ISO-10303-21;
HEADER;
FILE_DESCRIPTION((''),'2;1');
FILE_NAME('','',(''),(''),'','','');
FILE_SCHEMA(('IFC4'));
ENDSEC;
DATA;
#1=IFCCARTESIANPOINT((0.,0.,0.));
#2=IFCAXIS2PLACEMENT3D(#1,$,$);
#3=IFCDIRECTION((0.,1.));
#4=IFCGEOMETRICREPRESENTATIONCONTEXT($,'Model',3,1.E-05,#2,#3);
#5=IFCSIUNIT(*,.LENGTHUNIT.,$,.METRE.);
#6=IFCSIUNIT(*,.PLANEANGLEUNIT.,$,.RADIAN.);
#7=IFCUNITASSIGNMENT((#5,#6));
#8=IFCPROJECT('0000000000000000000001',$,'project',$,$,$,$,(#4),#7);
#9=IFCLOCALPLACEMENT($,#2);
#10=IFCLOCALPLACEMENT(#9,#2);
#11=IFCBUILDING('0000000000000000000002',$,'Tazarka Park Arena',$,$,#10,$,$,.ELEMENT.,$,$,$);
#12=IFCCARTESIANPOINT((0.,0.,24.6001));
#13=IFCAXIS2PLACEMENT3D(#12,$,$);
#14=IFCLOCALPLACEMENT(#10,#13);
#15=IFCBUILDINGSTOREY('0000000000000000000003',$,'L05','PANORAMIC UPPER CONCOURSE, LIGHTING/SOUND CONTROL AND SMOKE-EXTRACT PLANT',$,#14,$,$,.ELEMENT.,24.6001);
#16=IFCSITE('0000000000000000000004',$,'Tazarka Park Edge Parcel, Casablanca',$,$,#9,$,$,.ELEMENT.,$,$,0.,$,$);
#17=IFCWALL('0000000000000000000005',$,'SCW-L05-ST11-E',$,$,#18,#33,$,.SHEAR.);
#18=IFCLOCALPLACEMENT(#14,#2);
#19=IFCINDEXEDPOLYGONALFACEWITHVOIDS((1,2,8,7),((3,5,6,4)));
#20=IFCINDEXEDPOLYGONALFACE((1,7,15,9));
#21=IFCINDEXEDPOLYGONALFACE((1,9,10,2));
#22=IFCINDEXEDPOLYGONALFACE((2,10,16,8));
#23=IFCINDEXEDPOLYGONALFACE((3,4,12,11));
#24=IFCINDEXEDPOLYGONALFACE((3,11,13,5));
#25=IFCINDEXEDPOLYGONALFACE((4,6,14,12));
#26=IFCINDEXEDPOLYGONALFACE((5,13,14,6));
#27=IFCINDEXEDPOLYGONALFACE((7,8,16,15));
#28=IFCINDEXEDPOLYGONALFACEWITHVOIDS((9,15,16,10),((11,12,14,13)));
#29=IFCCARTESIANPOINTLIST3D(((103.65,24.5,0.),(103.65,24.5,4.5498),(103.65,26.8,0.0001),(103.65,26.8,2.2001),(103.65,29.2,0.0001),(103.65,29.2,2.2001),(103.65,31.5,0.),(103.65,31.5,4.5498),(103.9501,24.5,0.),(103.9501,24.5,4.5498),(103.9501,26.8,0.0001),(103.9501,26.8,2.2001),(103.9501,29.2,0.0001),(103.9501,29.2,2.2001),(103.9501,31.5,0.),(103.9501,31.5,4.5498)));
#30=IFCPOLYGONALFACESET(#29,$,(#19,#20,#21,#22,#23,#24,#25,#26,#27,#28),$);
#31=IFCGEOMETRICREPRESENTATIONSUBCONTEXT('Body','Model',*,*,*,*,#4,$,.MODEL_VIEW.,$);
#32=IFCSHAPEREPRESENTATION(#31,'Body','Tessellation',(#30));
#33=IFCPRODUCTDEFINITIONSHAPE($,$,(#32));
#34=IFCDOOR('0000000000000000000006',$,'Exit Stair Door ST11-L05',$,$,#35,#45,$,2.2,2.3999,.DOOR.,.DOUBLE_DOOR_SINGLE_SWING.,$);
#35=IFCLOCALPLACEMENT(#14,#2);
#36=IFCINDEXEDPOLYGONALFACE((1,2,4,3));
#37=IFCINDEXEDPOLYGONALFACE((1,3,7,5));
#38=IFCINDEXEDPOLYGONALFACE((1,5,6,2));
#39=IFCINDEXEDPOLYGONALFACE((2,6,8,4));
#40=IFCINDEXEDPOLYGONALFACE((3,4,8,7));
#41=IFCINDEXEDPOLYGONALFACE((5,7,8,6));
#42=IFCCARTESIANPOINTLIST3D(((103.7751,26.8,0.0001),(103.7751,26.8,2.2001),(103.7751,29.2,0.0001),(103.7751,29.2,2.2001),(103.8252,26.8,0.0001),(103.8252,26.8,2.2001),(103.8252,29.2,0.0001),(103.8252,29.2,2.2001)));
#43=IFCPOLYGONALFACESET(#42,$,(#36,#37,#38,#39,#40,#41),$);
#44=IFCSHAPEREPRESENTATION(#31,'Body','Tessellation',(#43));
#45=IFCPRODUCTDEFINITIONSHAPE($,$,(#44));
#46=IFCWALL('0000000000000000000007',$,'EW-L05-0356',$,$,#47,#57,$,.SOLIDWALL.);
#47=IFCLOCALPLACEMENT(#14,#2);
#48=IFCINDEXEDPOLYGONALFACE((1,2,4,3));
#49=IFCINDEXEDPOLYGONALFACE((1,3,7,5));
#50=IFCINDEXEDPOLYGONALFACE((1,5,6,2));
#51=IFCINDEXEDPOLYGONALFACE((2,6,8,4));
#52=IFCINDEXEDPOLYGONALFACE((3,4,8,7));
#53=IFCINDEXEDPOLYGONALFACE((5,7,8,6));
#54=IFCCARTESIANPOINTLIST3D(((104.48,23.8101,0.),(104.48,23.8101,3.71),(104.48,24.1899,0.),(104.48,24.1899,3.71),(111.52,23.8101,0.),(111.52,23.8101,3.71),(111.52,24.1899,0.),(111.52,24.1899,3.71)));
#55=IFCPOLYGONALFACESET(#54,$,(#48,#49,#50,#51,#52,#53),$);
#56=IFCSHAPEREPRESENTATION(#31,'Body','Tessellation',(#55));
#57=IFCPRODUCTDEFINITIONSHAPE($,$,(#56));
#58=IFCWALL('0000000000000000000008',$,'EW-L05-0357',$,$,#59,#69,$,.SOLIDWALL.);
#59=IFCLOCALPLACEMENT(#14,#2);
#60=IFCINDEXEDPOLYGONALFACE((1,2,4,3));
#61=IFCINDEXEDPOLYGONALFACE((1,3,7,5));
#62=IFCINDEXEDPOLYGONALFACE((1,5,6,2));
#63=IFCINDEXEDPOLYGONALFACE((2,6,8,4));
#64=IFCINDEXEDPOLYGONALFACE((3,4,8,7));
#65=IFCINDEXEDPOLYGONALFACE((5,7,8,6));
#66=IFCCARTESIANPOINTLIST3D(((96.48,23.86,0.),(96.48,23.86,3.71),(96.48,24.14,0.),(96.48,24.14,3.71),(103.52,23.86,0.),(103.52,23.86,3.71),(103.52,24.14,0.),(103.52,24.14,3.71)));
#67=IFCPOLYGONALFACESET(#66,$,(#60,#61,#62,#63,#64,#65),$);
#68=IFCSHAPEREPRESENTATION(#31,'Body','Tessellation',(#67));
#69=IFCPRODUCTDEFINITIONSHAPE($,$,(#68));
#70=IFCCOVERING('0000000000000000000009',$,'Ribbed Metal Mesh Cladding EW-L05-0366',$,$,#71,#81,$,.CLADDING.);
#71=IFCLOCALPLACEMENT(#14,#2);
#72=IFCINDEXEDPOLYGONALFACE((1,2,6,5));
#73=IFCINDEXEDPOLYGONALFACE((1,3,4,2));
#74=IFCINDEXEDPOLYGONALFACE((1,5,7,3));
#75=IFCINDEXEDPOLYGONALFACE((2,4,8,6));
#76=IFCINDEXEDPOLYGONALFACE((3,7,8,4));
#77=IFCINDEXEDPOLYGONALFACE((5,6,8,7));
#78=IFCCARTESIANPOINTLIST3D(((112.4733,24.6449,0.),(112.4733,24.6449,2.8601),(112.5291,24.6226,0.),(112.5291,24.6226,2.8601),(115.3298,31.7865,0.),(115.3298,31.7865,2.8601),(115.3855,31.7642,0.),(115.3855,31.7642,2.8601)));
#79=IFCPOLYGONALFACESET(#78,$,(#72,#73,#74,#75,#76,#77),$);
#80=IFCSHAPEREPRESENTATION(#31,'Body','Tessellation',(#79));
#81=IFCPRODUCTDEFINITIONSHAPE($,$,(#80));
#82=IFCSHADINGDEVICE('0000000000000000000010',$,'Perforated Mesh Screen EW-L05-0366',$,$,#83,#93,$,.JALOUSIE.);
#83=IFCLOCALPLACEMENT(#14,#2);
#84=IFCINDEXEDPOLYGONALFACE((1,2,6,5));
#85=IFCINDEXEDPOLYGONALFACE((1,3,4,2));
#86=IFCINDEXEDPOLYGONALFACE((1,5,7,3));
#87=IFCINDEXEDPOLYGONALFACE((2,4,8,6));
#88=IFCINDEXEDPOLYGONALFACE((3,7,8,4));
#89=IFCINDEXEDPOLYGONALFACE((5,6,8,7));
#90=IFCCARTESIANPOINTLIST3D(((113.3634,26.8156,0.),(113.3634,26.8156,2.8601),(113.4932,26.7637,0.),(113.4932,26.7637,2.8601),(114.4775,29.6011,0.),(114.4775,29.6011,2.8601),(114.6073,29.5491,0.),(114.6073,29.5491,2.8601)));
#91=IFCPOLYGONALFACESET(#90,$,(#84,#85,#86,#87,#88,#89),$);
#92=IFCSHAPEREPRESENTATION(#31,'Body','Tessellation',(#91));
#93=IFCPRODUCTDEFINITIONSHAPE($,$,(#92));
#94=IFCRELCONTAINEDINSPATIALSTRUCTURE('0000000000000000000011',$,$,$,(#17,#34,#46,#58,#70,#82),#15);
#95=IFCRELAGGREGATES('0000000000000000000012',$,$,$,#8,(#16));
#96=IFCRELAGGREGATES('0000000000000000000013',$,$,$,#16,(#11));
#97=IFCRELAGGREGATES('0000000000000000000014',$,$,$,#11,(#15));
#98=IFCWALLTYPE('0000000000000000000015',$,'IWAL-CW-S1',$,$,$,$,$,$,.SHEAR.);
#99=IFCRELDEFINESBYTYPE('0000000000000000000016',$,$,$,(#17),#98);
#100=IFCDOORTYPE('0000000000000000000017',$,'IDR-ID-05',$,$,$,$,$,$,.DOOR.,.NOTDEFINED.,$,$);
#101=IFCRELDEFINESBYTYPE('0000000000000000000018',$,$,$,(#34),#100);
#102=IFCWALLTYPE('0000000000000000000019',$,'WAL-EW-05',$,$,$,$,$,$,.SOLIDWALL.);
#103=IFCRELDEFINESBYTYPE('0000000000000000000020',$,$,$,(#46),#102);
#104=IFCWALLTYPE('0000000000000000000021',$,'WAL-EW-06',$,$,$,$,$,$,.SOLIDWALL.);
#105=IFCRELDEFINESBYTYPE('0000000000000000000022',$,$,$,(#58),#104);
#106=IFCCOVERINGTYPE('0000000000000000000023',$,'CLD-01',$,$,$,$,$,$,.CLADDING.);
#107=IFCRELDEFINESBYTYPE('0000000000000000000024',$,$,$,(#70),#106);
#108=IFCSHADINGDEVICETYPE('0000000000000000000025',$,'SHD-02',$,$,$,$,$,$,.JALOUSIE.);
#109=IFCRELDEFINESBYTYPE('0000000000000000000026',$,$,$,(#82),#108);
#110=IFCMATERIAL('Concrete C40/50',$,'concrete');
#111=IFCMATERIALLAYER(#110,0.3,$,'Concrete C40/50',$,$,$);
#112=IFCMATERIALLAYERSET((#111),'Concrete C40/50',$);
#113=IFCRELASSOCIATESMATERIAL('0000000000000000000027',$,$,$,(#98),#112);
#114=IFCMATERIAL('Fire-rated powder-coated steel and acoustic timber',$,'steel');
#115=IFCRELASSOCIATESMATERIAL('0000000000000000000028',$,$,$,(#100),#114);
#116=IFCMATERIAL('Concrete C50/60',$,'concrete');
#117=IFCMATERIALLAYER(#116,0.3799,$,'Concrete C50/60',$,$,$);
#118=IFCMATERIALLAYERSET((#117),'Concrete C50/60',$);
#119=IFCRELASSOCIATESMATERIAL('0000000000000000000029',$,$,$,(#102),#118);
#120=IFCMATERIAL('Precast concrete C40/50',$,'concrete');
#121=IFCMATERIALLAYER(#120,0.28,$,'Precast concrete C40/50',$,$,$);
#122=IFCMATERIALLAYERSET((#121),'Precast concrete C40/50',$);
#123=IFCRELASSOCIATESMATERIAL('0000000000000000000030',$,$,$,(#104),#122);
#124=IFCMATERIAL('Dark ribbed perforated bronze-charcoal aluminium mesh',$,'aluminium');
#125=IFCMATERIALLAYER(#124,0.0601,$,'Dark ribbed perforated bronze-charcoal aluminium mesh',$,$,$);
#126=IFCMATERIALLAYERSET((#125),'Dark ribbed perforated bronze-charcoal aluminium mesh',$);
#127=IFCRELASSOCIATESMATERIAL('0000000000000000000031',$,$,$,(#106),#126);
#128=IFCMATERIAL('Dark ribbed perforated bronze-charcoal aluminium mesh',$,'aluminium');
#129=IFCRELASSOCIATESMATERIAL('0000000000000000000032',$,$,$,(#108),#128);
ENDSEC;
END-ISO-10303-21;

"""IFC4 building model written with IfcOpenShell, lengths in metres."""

from ifc_helpers import new_model, si_unit, direction, frame, frame_2d, origin, origin_2d, place, context, subcontext, project, spatial, rectangle, extrude, material, layer, layer_set, type_object, element, fill, save


model = new_model("IFC4")

# Units and contexts
model_context = context("Model", 3, precision=1e-05, world=origin(), true_north=direction((0.0, 1.0)))
body_context = subcontext(model_context, "Body", "Model", "MODEL_VIEW")
ifc_project = project(units=[si_unit("LENGTHUNIT", "METRE"), si_unit("PLANEANGLEUNIT", "RADIAN")], contexts=[model_context])

# Site, building, storey
site_placement = place(None, origin())
site = spatial("IfcSite", under=ifc_project, at=site_placement, Name="Tazarka Park Edge Parcel, Casablanca", CompositionType="ELEMENT", RefElevation=0.0)
building_placement = place(site_placement, origin())
building = spatial("IfcBuilding", under=site, at=building_placement, Name="Tazarka Park Arena", CompositionType="ELEMENT")
storey_placement = place(building_placement, frame((0.0, 0.0, 24.6001)))
storey = spatial("IfcBuildingStorey", under=building, at=storey_placement, Name="L05", Description="PANORAMIC UPPER CONCOURSE, LIGHTING/SOUND CONTROL AND SMOKE-EXTRACT PLANT", CompositionType="ELEMENT", Elevation=24.6001)

# Shared definitions
ifc_material_1 = material(Name="Concrete C40/50", Category="concrete")
ifc_layer_1 = layer(ifc_material_1, 0.3, Name="Concrete C40/50")
ifc_layer_set_1 = layer_set([ifc_layer_1], Name="Concrete C40/50")
wall_type_1 = type_object("IfcWallType", Name="IWAL-CW-S1", PredefinedType="SHEAR", material=ifc_layer_set_1)

# Wall, opening, door
wall_1_placement = place(storey_placement, frame((103.8, 31.5, 0.0), z_axis=(0.0, 0.0, 1.0), x_axis=(0.0, -1.0, 0.0)))
wall_1 = element("IfcWall", 1, at=wall_1_placement, inside=storey, type_object=wall_type_1, Name="SCW-L05-ST11-E", PredefinedType="SHEAR", context=body_context, shape_type="SweptSolid", body=[
    extrude(rectangle(XDim=7.0, YDim=0.3, at=frame_2d((3.5, 0.0))), origin(), (0.0, 0.0, 1.0), 4.5498),
])
opening_placement = place(wall_1_placement, frame((2.3, 0.0, 0.0)))
opening = element("IfcOpeningElement", 2, at=opening_placement, cuts=wall_1, PredefinedType="OPENING", context=body_context, shape_type="SweptSolid", body=[
    extrude(rectangle(XDim=2.3999, YDim=2.2, at=frame_2d((1.2, 1.1001))), frame((0.0, 0.1602, 0.0), z_axis=(0.0, -1.0, 0.0), x_axis=(1.0, 0.0, 0.0)), (0.0, 0.0, 1.0), 0.3201),
])
ifc_material_2 = material(Name="Fire-rated powder-coated steel and acoustic timber", Category="steel")
door_type = type_object("IfcDoorType", Name="IDR-ID-05", OperationType="NOTDEFINED", PredefinedType="DOOR", material=ifc_material_2)
door_placement = place(opening_placement, frame((2.3999, 0.0, 0.0), z_axis=(0.0, 0.0, 1.0), x_axis=(-1.0, 0.0, 0.0)))
door = element("IfcDoor", 3, at=door_placement, inside=storey, type_object=door_type, Name="Exit Stair Door ST11-L05", OperationType="DOUBLE_DOOR_SINGLE_SWING", OverallHeight=2.2, OverallWidth=2.3999, PredefinedType="DOOR", context=body_context, shape_type="SweptSolid", body=[
    extrude(rectangle(XDim=2.3999, YDim=2.2, at=frame_2d((1.2, 1.1001))), frame((0.0, 0.0249, 0.0), z_axis=(0.0, -1.0, 0.0), x_axis=(1.0, 0.0, 0.0)), (0.0, 0.0, 1.0), 0.05),
])
fill(opening, door)

# Walls
ifc_material_3 = material(Name="Concrete C50/60", Category="concrete")
ifc_layer_2 = layer(ifc_material_3, 0.3799, Name="Concrete C50/60")
ifc_layer_set_2 = layer_set([ifc_layer_2], Name="Concrete C50/60")
wall_type_2 = type_object("IfcWallType", Name="WAL-EW-05", PredefinedType="SOLIDWALL", material=ifc_layer_set_2)
wall_2_placement = place(storey_placement, frame((111.52, 24.0, 0.0), z_axis=(0.0, 0.0, 1.0), x_axis=(-1.0, 0.0, 0.0)))
element("IfcWall", 4, at=wall_2_placement, inside=storey, type_object=wall_type_2, Name="EW-L05-0356", PredefinedType="SOLIDWALL", context=body_context, shape_type="SweptSolid", body=[
    extrude(rectangle(XDim=7.04, YDim=0.3799, at=frame_2d((3.52, 0.0))), origin(), (0.0, 0.0, 1.0), 3.71),
])
ifc_material_4 = material(Name="Precast concrete C40/50", Category="concrete")
ifc_layer_3 = layer(ifc_material_4, 0.28, Name="Precast concrete C40/50")
ifc_layer_set_3 = layer_set([ifc_layer_3], Name="Precast concrete C40/50")
wall_type_3 = type_object("IfcWallType", Name="WAL-EW-06", PredefinedType="SOLIDWALL", material=ifc_layer_set_3)
wall_3_placement = place(storey_placement, frame((103.52, 24.0, 0.0), z_axis=(0.0, 0.0, 1.0), x_axis=(-1.0, 0.0, 0.0)))
element("IfcWall", 5, at=wall_3_placement, inside=storey, type_object=wall_type_3, Name="EW-L05-0357", PredefinedType="SOLIDWALL", context=body_context, shape_type="SweptSolid", body=[
    extrude(rectangle(XDim=7.04, YDim=0.28, at=frame_2d((3.52, 0.0))), origin(), (0.0, 0.0, 1.0), 3.71),
])

# Covering
ifc_material_5 = material(Name="Dark ribbed perforated bronze-charcoal aluminium mesh", Category="aluminium")
ifc_layer_4 = layer(ifc_material_5, 0.0601, Name="Dark ribbed perforated bronze-charcoal aluminium mesh")
ifc_layer_set_4 = layer_set([ifc_layer_4], Name="Dark ribbed perforated bronze-charcoal aluminium mesh")
covering_type = type_object("IfcCoveringType", Name="CLD-01", PredefinedType="CLADDING", material=ifc_layer_set_4)
covering_placement = place(storey_placement, frame((113.9294, 28.2046, 0.0), z_axis=(0.0, 0.0, 1.0), x_axis=(-0.371368, -0.928486, 0.0)))
element("IfcCovering", 6, at=covering_placement, inside=storey, type_object=covering_type, Name="Ribbed Metal Mesh Cladding EW-L05-0366", PredefinedType="CLADDING", context=body_context, shape_type="SweptSolid", body=[
    extrude(rectangle(XDim=7.6917, YDim=0.0601, at=origin_2d()), origin(), (0.0, 0.0, 1.0), 2.8601),
])

# Shading device
ifc_material_6 = material(Name="Dark ribbed perforated bronze-charcoal aluminium mesh", Category="aluminium")
shading_device_type = type_object("IfcShadingDeviceType", Name="SHD-02", PredefinedType="JALOUSIE", material=ifc_material_6)
shading_device_placement = place(storey_placement, frame((113.9854, 28.1824, 0.0), z_axis=(0.0, 0.0, 1.0), x_axis=(-0.371368, -0.928486, 0.0)))
element("IfcShadingDevice", 7, at=shading_device_placement, inside=storey, type_object=shading_device_type, Name="Perforated Mesh Screen EW-L05-0366", PredefinedType="JALOUSIE", context=body_context, shape_type="SweptSolid", body=[
    extrude(rectangle(XDim=3.0, YDim=0.1399, at=origin_2d()), origin(), (0.0, 0.0, 1.0), 2.8601),
])

save(model, "model.ifc")
